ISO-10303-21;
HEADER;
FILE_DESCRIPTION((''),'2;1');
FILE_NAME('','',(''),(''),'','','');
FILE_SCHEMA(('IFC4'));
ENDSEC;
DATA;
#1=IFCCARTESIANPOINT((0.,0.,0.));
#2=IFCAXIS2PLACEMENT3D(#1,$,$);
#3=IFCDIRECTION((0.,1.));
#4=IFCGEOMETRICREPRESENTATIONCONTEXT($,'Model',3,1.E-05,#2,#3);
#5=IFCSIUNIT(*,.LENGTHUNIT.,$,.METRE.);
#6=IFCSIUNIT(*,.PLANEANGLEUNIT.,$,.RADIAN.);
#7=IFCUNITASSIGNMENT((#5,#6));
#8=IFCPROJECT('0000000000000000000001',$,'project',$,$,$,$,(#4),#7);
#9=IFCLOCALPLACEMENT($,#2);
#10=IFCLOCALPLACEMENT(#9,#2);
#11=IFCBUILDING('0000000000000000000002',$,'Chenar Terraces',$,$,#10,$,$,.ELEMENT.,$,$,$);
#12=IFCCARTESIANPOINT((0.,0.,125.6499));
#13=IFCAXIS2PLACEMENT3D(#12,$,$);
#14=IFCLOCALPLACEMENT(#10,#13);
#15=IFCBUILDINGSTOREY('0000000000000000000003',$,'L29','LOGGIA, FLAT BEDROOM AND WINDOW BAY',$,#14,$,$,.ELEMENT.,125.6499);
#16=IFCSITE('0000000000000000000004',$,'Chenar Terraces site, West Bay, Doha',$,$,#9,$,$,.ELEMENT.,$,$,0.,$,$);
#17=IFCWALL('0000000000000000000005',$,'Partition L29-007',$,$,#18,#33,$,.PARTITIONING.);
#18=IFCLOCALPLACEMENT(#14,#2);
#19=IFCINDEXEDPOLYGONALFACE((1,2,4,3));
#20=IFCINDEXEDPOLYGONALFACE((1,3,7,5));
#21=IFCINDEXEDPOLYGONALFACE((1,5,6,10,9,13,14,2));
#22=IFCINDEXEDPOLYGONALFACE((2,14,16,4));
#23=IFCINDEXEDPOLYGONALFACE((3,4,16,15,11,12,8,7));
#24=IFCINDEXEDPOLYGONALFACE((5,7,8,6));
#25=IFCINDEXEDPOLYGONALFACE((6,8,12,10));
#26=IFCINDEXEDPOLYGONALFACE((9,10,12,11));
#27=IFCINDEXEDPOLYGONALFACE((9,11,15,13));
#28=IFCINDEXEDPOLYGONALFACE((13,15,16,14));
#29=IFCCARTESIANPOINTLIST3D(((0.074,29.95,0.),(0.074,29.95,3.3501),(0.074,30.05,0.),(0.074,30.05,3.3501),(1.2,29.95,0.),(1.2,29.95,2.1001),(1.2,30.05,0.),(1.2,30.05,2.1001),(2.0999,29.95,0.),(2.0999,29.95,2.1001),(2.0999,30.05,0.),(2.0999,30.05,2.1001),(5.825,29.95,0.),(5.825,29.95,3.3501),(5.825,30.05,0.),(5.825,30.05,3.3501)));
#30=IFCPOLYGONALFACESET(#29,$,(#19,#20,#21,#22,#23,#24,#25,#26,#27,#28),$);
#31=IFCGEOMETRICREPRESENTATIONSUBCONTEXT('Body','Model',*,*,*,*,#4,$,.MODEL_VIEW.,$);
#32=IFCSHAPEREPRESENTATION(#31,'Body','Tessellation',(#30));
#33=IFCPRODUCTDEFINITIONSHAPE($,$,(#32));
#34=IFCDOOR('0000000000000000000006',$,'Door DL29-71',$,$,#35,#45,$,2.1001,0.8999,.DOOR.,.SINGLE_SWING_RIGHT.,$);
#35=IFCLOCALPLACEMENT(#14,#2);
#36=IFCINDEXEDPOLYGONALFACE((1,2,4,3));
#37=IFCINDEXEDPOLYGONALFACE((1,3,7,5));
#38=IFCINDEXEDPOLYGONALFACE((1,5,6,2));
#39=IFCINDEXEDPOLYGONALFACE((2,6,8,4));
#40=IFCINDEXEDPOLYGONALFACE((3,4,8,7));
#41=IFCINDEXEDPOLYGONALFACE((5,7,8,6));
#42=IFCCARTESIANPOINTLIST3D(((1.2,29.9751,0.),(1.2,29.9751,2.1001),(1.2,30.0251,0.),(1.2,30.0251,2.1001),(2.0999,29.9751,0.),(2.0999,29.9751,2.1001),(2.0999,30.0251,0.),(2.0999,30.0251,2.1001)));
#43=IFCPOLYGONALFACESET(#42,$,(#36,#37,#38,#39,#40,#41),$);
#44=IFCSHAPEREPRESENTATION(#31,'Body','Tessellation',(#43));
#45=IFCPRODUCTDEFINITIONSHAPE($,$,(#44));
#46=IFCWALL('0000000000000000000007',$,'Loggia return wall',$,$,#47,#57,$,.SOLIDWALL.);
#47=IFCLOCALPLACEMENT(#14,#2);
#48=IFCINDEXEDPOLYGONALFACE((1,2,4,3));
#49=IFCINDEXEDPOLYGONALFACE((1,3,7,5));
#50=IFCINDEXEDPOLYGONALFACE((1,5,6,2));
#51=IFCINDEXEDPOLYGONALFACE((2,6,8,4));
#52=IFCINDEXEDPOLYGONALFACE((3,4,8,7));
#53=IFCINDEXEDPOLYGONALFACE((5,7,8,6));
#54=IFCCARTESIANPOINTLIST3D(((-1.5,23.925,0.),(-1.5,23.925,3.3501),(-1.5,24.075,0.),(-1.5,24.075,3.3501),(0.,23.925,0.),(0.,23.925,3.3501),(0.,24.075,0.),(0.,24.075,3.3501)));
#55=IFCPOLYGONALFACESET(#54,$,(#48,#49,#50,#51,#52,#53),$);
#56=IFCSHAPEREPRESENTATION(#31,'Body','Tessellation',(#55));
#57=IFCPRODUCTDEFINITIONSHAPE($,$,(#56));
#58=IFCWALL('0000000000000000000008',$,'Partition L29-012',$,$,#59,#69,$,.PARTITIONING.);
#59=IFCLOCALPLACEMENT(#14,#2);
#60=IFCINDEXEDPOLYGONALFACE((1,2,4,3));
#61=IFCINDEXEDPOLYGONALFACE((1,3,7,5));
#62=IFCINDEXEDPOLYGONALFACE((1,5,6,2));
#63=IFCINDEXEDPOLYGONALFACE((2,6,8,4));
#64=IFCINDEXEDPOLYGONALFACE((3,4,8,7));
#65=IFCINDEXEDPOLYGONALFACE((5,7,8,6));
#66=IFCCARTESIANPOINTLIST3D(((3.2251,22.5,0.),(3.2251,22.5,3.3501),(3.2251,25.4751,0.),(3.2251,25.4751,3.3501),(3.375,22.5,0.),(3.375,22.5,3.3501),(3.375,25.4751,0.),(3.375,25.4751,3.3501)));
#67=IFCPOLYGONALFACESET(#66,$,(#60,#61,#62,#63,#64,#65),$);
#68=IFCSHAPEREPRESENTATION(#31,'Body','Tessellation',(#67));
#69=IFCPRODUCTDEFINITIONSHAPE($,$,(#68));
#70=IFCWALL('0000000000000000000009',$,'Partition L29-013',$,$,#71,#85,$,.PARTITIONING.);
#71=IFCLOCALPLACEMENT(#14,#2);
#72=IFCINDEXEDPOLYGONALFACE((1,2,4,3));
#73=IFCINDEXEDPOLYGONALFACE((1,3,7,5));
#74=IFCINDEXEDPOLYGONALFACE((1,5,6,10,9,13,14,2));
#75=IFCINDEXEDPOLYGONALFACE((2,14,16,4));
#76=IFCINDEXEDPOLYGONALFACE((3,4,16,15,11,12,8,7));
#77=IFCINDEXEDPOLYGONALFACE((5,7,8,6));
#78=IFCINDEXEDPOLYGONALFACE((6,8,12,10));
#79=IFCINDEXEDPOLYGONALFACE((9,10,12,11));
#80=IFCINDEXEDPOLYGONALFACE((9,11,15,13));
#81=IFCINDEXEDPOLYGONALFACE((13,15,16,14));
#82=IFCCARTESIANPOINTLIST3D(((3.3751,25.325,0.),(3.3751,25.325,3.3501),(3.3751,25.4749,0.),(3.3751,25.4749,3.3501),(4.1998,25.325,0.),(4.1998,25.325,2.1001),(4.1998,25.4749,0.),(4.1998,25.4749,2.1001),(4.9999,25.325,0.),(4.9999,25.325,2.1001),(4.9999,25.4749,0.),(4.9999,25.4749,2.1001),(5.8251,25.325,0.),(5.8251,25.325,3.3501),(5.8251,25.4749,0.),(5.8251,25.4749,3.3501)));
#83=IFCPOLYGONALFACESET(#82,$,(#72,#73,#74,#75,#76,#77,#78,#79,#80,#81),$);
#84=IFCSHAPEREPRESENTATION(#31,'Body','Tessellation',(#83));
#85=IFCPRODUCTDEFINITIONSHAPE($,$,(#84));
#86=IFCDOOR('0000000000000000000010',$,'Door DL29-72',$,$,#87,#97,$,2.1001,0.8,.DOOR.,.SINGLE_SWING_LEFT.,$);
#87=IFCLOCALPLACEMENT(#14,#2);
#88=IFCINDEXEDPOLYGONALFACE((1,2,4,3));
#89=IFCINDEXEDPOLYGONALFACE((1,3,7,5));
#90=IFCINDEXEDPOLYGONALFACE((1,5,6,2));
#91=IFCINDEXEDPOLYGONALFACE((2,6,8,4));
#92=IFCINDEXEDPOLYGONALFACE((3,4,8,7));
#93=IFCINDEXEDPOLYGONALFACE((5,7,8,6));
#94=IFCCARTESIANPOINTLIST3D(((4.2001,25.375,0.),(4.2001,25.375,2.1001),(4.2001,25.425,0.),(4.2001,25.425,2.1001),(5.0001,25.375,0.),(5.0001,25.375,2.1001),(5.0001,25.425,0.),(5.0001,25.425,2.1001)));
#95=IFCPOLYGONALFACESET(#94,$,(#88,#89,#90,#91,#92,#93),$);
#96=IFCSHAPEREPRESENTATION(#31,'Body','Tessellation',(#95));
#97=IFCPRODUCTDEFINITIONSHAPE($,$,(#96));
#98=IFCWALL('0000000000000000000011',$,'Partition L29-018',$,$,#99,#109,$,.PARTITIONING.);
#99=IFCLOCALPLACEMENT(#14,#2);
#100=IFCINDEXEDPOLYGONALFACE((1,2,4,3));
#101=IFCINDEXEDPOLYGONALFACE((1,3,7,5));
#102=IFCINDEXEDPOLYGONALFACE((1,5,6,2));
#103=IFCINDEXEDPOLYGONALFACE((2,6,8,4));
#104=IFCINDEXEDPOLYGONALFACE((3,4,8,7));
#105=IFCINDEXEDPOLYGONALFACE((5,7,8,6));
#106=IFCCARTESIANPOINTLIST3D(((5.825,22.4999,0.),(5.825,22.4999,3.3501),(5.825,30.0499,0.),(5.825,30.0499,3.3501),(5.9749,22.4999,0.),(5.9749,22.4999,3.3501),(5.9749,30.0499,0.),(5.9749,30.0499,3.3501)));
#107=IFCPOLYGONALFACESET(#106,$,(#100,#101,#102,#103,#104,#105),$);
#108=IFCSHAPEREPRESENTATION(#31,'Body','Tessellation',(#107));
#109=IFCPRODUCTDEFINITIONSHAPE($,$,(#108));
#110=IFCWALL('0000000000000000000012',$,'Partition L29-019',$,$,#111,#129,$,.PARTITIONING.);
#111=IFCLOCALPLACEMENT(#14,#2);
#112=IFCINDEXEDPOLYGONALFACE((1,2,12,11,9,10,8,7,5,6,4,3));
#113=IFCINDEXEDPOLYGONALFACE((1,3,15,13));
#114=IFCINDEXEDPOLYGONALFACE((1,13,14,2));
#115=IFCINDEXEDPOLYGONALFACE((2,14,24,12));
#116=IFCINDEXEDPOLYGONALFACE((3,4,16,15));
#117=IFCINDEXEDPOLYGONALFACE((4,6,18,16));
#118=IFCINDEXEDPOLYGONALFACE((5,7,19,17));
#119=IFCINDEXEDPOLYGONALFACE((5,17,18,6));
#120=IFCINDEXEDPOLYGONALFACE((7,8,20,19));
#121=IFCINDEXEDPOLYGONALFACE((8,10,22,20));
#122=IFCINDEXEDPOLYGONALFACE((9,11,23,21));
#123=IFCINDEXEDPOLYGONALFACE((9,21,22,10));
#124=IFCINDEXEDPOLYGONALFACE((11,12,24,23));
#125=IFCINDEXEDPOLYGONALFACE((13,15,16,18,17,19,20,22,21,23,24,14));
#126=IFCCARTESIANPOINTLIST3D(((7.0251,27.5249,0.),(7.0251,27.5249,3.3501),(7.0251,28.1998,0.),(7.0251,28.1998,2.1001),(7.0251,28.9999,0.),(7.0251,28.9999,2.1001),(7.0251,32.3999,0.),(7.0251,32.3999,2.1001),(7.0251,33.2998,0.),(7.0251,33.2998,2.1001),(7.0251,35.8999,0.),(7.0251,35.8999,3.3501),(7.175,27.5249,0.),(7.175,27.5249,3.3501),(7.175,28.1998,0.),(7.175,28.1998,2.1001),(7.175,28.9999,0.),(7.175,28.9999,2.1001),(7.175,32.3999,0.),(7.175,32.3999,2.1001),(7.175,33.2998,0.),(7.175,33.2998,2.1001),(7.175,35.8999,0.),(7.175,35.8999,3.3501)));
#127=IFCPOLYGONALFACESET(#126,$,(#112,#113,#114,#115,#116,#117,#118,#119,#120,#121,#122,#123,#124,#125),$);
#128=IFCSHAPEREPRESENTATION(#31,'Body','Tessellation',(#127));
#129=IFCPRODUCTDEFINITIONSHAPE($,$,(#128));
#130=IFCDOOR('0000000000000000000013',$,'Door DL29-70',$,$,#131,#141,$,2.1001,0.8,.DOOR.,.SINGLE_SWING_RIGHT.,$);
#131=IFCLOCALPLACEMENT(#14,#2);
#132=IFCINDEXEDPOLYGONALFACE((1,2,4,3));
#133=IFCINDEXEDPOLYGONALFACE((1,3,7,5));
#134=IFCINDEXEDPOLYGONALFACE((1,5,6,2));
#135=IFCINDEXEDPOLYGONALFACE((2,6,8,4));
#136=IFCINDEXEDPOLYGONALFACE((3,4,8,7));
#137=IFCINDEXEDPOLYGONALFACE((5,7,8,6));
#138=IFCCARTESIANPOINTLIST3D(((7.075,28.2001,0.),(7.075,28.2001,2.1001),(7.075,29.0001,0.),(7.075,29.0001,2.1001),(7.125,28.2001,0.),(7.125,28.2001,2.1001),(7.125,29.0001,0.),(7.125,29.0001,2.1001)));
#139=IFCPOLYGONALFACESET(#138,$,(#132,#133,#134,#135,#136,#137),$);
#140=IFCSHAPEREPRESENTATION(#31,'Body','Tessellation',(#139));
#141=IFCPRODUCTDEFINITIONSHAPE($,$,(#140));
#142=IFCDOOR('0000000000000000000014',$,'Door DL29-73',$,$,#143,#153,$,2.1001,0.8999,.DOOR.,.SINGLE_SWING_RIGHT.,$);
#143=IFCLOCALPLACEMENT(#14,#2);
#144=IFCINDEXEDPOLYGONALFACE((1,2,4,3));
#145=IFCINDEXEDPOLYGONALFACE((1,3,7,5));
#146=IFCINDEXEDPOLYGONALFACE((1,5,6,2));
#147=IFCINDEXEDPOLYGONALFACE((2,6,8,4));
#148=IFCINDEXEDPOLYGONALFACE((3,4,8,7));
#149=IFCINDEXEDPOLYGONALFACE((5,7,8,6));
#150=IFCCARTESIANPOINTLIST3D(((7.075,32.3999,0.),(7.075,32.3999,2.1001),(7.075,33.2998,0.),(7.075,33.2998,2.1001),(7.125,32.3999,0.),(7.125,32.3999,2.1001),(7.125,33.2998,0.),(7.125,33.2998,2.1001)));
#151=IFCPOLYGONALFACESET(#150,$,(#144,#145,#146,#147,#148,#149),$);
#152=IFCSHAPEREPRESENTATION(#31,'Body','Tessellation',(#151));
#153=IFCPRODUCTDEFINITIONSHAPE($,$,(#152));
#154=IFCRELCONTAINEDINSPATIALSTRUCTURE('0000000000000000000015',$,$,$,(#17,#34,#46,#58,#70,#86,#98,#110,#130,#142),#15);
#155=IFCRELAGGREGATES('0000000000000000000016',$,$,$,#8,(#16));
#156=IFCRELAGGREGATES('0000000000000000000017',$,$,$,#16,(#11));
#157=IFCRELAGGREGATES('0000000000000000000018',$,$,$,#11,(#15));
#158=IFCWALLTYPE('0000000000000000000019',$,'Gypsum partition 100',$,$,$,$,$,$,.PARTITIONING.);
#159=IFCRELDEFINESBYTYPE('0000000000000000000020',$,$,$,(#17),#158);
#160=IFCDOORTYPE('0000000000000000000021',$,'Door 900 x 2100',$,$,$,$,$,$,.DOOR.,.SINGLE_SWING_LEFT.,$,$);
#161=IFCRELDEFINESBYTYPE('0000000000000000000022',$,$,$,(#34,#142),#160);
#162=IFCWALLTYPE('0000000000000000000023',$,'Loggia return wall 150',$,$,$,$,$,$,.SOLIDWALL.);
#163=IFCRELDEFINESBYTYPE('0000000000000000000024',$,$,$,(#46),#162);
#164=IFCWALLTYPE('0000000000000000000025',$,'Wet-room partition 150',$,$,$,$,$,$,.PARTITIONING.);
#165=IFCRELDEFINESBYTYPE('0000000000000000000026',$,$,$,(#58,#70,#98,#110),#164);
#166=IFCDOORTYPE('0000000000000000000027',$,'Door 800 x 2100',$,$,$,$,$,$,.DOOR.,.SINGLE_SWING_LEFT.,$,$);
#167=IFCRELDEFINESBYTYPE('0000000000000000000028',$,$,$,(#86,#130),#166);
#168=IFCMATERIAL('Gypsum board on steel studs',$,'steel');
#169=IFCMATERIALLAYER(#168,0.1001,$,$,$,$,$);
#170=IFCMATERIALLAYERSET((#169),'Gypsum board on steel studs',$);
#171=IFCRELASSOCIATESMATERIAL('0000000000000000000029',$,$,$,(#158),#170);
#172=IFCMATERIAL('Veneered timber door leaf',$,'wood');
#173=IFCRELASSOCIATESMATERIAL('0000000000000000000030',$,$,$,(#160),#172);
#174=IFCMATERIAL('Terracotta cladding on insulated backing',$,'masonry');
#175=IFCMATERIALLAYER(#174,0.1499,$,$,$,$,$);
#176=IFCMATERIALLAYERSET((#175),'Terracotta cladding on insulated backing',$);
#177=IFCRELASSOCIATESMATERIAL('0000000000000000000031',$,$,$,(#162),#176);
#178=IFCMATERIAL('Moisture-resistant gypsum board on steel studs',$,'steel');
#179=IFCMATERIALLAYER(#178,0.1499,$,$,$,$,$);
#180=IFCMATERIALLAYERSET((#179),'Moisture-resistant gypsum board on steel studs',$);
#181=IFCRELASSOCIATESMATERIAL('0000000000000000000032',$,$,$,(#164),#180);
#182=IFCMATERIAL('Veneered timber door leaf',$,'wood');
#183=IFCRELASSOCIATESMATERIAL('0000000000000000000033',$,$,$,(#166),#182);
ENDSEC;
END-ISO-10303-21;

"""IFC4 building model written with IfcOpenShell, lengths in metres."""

from ifc_helpers import new_model, si_unit, direction, frame, frame_2d, origin, place, context, subcontext, project, spatial, rectangle, extrude, material, layer, layer_set, type_object, element, fill, save


model = new_model("IFC4")

# Units and contexts
model_context = context("Model", 3, precision=1e-05, world=origin(), true_north=direction((0.0, 1.0)))
body_context = subcontext(model_context, "Body", "Model", "MODEL_VIEW")
ifc_project = project(units=[si_unit("LENGTHUNIT", "METRE"), si_unit("PLANEANGLEUNIT", "RADIAN")], contexts=[model_context])

# Site, building, storey
site_placement = place(None, origin())
site = spatial("IfcSite", under=ifc_project, at=site_placement, Name="Chenar Terraces site, West Bay, Doha", CompositionType="ELEMENT", RefElevation=0.0)
building_placement = place(site_placement, origin())
building = spatial("IfcBuilding", under=site, at=building_placement, Name="Chenar Terraces", CompositionType="ELEMENT")
storey_placement = place(building_placement, frame((0.0, 0.0, 125.6499)))
storey = spatial("IfcBuildingStorey", under=building, at=storey_placement, Name="L29", Description="LOGGIA, FLAT BEDROOM AND WINDOW BAY", CompositionType="ELEMENT", Elevation=125.6499)

# Wall, opening, door
ifc_material_1 = material(Name="Gypsum board on steel studs", Category="steel")
ifc_layer_1 = layer(ifc_material_1, 0.1001)
ifc_layer_set_1 = layer_set([ifc_layer_1], Name="Gypsum board on steel studs")
wall_type_1 = type_object("IfcWallType", Name="Gypsum partition 100", PredefinedType="PARTITIONING", material=ifc_layer_set_1)
wall_1_placement = place(storey_placement, frame((0.074, 30.0, 0.0), z_axis=(0.0, 0.0, 1.0), x_axis=(1.0, 0.0, 0.0)))
wall_1 = element("IfcWall", 1, at=wall_1_placement, inside=storey, type_object=wall_type_1, Name="Partition L29-007", PredefinedType="PARTITIONING", context=body_context, shape_type="SweptSolid", body=[
    extrude(rectangle(XDim=5.751, YDim=0.1001, at=frame_2d((2.8755, 0.0))), origin(), (0.0, 0.0, 1.0), 3.3501),
])
opening_1_placement = place(wall_1_placement, frame((1.126, 0.0, 0.0)))
opening_1 = element("IfcOpeningElement", 2, at=opening_1_placement, cuts=wall_1, PredefinedType="OPENING", context=body_context, shape_type="SweptSolid", body=[
    extrude(rectangle(XDim=0.8999, YDim=2.1001, at=frame_2d((0.45, 1.05))), frame((0.0, 0.0601, 0.0), z_axis=(0.0, -1.0, 0.0), x_axis=(1.0, 0.0, 0.0)), (0.0, 0.0, 1.0), 0.1201),
])
ifc_material_2 = material(Name="Veneered timber door leaf", Category="wood")
door_type_1 = type_object("IfcDoorType", Name="Door 900 x 2100", OperationType="SINGLE_SWING_LEFT", PredefinedType="DOOR", material=ifc_material_2)
door_1_placement = place(opening_1_placement, frame((0.8999, 0.0, 0.0), z_axis=(0.0, 0.0, 1.0), x_axis=(-1.0, 0.0, 0.0)))
door_1 = element("IfcDoor", 3, at=door_1_placement, inside=storey, type_object=door_type_1, Name="Door DL29-71", OperationType="SINGLE_SWING_RIGHT", OverallHeight=2.1001, OverallWidth=0.8999, PredefinedType="DOOR", context=body_context, shape_type="SweptSolid", body=[
    extrude(rectangle(XDim=0.8999, YDim=2.1001, at=frame_2d((0.45, 1.05))), frame((0.0, 0.0249, 0.0), z_axis=(0.0, -1.0, 0.0), x_axis=(1.0, 0.0, 0.0)), (0.0, 0.0, 1.0), 0.05),
])
fill(opening_1, door_1)

# Walls
ifc_material_3 = material(Name="Terracotta cladding on insulated backing", Category="masonry")
ifc_layer_2 = layer(ifc_material_3, 0.1499)
ifc_layer_set_2 = layer_set([ifc_layer_2], Name="Terracotta cladding on insulated backing")
wall_type_2 = type_object("IfcWallType", Name="Loggia return wall 150", PredefinedType="SOLIDWALL", material=ifc_layer_set_2)
wall_2_placement = place(storey_placement, frame((-1.5, 24.0, 0.0), z_axis=(0.0, 0.0, 1.0), x_axis=(1.0, 0.0, 0.0)))
element("IfcWall", 4, at=wall_2_placement, inside=storey, type_object=wall_type_2, Name="Loggia return wall", PredefinedType="SOLIDWALL", context=body_context, shape_type="SweptSolid", body=[
    extrude(rectangle(XDim=1.5, YDim=0.1499, at=frame_2d((0.75, 0.0))), origin(), (0.0, 0.0, 1.0), 3.3501),
])
ifc_material_4 = material(Name="Moisture-resistant gypsum board on steel studs", Category="steel")
ifc_layer_3 = layer(ifc_material_4, 0.1499)
ifc_layer_set_3 = layer_set([ifc_layer_3], Name="Moisture-resistant gypsum board on steel studs")
wall_type_3 = type_object("IfcWallType", Name="Wet-room partition 150", PredefinedType="PARTITIONING", material=ifc_layer_set_3)
wall_3_placement = place(storey_placement, frame((3.3, 22.5, 0.0), z_axis=(0.0, 0.0, 1.0), x_axis=(0.0, 1.0, 0.0)))
element("IfcWall", 5, at=wall_3_placement, inside=storey, type_object=wall_type_3, Name="Partition L29-012", PredefinedType="PARTITIONING", context=body_context, shape_type="SweptSolid", body=[
    extrude(rectangle(XDim=2.9751, YDim=0.1499, at=frame_2d((1.4875, 0.0))), origin(), (0.0, 0.0, 1.0), 3.3501),
])

# Wall, opening, door
wall_4_placement = place(storey_placement, frame((3.375, 25.3999, 0.0), z_axis=(0.0, 0.0, 1.0), x_axis=(1.0, 0.0, 0.0)))
wall_4 = element("IfcWall", 6, at=wall_4_placement, inside=storey, type_object=wall_type_3, Name="Partition L29-013", PredefinedType="PARTITIONING", context=body_context, shape_type="SweptSolid", body=[
    extrude(rectangle(XDim=2.45, YDim=0.1499, at=frame_2d((1.2251, 0.0))), origin(), (0.0, 0.0, 1.0), 3.3501),
])
opening_2_placement = place(wall_4_placement, frame((0.825, 0.0, 0.0)))
opening_2 = element("IfcOpeningElement", 7, at=opening_2_placement, cuts=wall_4, PredefinedType="OPENING", context=body_context, shape_type="SweptSolid", body=[
    extrude(rectangle(XDim=0.8, YDim=2.1001, at=frame_2d((0.3999, 1.05))), frame((0.0, 0.085, 0.0), z_axis=(0.0, -1.0, 0.0), x_axis=(1.0, 0.0, 0.0)), (0.0, 0.0, 1.0), 0.1699),
])
ifc_material_5 = material(Name="Veneered timber door leaf", Category="wood")
door_type_2 = type_object("IfcDoorType", Name="Door 800 x 2100", OperationType="SINGLE_SWING_LEFT", PredefinedType="DOOR", material=ifc_material_5)
door_2_placement = place(opening_2_placement, frame((0.8, 0.0, 0.0), z_axis=(0.0, 0.0, 1.0), x_axis=(-1.0, 0.0, 0.0)))
door_2 = element("IfcDoor", 8, at=door_2_placement, inside=storey, type_object=door_type_2, Name="Door DL29-72", OperationType="SINGLE_SWING_LEFT", OverallHeight=2.1001, OverallWidth=0.8, PredefinedType="DOOR", context=body_context, shape_type="SweptSolid", body=[
    extrude(rectangle(XDim=0.8, YDim=2.1001, at=frame_2d((0.3999, 1.05))), frame((0.0, 0.0249, 0.0), z_axis=(0.0, -1.0, 0.0), x_axis=(1.0, 0.0, 0.0)), (0.0, 0.0, 1.0), 0.05),
])
fill(opening_2, door_2)

# Wall
wall_5_placement = place(storey_placement, frame((5.8999, 22.5, 0.0), z_axis=(0.0, 0.0, 1.0), x_axis=(0.0, 1.0, 0.0)))
element("IfcWall", 9, at=wall_5_placement, inside=storey, type_object=wall_type_3, Name="Partition L29-018", PredefinedType="PARTITIONING", context=body_context, shape_type="SweptSolid", body=[
    extrude(rectangle(XDim=7.55, YDim=0.1499, at=frame_2d((3.7749, 0.0))), origin(), (0.0, 0.0, 1.0), 3.3501),
])

# Wall, openings, doors
wall_6_placement = place(storey_placement, frame((7.1001, 27.5249, 0.0), z_axis=(0.0, 0.0, 1.0), x_axis=(0.0, 1.0, 0.0)))
wall_6 = element("IfcWall", 10, at=wall_6_placement, inside=storey, type_object=wall_type_3, Name="Partition L29-019", PredefinedType="PARTITIONING", context=body_context, shape_type="SweptSolid", body=[
    extrude(rectangle(XDim=8.375, YDim=0.1499, at=frame_2d((4.1875, 0.0))), origin(), (0.0, 0.0, 1.0), 3.3501),
])
opening_3_placement = place(wall_6_placement, frame((0.675, 0.0, 0.0)))
opening_3 = element("IfcOpeningElement", 11, at=opening_3_placement, cuts=wall_6, PredefinedType="OPENING", context=body_context, shape_type="SweptSolid", body=[
    extrude(rectangle(XDim=0.8, YDim=2.1001, at=frame_2d((0.3999, 1.05))), frame((0.0, 0.085, 0.0), z_axis=(0.0, -1.0, 0.0), x_axis=(1.0, 0.0, 0.0)), (0.0, 0.0, 1.0), 0.1699),
])
opening_4_placement = place(wall_6_placement, frame((4.875, 0.0, 0.0)))
opening_4 = element("IfcOpeningElement", 12, at=opening_4_placement, cuts=wall_6, PredefinedType="OPENING", context=body_context, shape_type="SweptSolid", body=[
    extrude(rectangle(XDim=0.8999, YDim=2.1001, at=frame_2d((0.45, 1.05))), frame((0.0, 0.085, 0.0), z_axis=(0.0, -1.0, 0.0), x_axis=(1.0, 0.0, 0.0)), (0.0, 0.0, 1.0), 0.1699),
])
door_3_placement = place(opening_3_placement, frame((0.8, 0.0, 0.0), z_axis=(0.0, 0.0, 1.0), x_axis=(-1.0, 0.0, 0.0)))
door_3 = element("IfcDoor", 13, at=door_3_placement, inside=storey, type_object=door_type_2, Name="Door DL29-70", OperationType="SINGLE_SWING_RIGHT", OverallHeight=2.1001, OverallWidth=0.8, PredefinedType="DOOR", context=body_context, shape_type="SweptSolid", body=[
    extrude(rectangle(XDim=0.8, YDim=2.1001, at=frame_2d((0.3999, 1.05))), frame((0.0, 0.0249, 0.0), z_axis=(0.0, -1.0, 0.0), x_axis=(1.0, 0.0, 0.0)), (0.0, 0.0, 1.0), 0.05),
])
fill(opening_3, door_3)
door_4_placement = place(opening_4_placement, frame((0.8999, 0.0, 0.0), z_axis=(0.0, 0.0, 1.0), x_axis=(-1.0, 0.0, 0.0)))
door_4 = element("IfcDoor", 14, at=door_4_placement, inside=storey, type_object=door_type_1, Name="Door DL29-73", OperationType="SINGLE_SWING_RIGHT", OverallHeight=2.1001, OverallWidth=0.8999, PredefinedType="DOOR", context=body_context, shape_type="SweptSolid", body=[
    extrude(rectangle(XDim=0.8999, YDim=2.1001, at=frame_2d((0.45, 1.05))), frame((0.0, 0.0249, 0.0), z_axis=(0.0, -1.0, 0.0), x_axis=(1.0, 0.0, 0.0)), (0.0, 0.0, 1.0), 0.05),
])
fill(opening_4, door_4)

save(model, "model.ifc")
